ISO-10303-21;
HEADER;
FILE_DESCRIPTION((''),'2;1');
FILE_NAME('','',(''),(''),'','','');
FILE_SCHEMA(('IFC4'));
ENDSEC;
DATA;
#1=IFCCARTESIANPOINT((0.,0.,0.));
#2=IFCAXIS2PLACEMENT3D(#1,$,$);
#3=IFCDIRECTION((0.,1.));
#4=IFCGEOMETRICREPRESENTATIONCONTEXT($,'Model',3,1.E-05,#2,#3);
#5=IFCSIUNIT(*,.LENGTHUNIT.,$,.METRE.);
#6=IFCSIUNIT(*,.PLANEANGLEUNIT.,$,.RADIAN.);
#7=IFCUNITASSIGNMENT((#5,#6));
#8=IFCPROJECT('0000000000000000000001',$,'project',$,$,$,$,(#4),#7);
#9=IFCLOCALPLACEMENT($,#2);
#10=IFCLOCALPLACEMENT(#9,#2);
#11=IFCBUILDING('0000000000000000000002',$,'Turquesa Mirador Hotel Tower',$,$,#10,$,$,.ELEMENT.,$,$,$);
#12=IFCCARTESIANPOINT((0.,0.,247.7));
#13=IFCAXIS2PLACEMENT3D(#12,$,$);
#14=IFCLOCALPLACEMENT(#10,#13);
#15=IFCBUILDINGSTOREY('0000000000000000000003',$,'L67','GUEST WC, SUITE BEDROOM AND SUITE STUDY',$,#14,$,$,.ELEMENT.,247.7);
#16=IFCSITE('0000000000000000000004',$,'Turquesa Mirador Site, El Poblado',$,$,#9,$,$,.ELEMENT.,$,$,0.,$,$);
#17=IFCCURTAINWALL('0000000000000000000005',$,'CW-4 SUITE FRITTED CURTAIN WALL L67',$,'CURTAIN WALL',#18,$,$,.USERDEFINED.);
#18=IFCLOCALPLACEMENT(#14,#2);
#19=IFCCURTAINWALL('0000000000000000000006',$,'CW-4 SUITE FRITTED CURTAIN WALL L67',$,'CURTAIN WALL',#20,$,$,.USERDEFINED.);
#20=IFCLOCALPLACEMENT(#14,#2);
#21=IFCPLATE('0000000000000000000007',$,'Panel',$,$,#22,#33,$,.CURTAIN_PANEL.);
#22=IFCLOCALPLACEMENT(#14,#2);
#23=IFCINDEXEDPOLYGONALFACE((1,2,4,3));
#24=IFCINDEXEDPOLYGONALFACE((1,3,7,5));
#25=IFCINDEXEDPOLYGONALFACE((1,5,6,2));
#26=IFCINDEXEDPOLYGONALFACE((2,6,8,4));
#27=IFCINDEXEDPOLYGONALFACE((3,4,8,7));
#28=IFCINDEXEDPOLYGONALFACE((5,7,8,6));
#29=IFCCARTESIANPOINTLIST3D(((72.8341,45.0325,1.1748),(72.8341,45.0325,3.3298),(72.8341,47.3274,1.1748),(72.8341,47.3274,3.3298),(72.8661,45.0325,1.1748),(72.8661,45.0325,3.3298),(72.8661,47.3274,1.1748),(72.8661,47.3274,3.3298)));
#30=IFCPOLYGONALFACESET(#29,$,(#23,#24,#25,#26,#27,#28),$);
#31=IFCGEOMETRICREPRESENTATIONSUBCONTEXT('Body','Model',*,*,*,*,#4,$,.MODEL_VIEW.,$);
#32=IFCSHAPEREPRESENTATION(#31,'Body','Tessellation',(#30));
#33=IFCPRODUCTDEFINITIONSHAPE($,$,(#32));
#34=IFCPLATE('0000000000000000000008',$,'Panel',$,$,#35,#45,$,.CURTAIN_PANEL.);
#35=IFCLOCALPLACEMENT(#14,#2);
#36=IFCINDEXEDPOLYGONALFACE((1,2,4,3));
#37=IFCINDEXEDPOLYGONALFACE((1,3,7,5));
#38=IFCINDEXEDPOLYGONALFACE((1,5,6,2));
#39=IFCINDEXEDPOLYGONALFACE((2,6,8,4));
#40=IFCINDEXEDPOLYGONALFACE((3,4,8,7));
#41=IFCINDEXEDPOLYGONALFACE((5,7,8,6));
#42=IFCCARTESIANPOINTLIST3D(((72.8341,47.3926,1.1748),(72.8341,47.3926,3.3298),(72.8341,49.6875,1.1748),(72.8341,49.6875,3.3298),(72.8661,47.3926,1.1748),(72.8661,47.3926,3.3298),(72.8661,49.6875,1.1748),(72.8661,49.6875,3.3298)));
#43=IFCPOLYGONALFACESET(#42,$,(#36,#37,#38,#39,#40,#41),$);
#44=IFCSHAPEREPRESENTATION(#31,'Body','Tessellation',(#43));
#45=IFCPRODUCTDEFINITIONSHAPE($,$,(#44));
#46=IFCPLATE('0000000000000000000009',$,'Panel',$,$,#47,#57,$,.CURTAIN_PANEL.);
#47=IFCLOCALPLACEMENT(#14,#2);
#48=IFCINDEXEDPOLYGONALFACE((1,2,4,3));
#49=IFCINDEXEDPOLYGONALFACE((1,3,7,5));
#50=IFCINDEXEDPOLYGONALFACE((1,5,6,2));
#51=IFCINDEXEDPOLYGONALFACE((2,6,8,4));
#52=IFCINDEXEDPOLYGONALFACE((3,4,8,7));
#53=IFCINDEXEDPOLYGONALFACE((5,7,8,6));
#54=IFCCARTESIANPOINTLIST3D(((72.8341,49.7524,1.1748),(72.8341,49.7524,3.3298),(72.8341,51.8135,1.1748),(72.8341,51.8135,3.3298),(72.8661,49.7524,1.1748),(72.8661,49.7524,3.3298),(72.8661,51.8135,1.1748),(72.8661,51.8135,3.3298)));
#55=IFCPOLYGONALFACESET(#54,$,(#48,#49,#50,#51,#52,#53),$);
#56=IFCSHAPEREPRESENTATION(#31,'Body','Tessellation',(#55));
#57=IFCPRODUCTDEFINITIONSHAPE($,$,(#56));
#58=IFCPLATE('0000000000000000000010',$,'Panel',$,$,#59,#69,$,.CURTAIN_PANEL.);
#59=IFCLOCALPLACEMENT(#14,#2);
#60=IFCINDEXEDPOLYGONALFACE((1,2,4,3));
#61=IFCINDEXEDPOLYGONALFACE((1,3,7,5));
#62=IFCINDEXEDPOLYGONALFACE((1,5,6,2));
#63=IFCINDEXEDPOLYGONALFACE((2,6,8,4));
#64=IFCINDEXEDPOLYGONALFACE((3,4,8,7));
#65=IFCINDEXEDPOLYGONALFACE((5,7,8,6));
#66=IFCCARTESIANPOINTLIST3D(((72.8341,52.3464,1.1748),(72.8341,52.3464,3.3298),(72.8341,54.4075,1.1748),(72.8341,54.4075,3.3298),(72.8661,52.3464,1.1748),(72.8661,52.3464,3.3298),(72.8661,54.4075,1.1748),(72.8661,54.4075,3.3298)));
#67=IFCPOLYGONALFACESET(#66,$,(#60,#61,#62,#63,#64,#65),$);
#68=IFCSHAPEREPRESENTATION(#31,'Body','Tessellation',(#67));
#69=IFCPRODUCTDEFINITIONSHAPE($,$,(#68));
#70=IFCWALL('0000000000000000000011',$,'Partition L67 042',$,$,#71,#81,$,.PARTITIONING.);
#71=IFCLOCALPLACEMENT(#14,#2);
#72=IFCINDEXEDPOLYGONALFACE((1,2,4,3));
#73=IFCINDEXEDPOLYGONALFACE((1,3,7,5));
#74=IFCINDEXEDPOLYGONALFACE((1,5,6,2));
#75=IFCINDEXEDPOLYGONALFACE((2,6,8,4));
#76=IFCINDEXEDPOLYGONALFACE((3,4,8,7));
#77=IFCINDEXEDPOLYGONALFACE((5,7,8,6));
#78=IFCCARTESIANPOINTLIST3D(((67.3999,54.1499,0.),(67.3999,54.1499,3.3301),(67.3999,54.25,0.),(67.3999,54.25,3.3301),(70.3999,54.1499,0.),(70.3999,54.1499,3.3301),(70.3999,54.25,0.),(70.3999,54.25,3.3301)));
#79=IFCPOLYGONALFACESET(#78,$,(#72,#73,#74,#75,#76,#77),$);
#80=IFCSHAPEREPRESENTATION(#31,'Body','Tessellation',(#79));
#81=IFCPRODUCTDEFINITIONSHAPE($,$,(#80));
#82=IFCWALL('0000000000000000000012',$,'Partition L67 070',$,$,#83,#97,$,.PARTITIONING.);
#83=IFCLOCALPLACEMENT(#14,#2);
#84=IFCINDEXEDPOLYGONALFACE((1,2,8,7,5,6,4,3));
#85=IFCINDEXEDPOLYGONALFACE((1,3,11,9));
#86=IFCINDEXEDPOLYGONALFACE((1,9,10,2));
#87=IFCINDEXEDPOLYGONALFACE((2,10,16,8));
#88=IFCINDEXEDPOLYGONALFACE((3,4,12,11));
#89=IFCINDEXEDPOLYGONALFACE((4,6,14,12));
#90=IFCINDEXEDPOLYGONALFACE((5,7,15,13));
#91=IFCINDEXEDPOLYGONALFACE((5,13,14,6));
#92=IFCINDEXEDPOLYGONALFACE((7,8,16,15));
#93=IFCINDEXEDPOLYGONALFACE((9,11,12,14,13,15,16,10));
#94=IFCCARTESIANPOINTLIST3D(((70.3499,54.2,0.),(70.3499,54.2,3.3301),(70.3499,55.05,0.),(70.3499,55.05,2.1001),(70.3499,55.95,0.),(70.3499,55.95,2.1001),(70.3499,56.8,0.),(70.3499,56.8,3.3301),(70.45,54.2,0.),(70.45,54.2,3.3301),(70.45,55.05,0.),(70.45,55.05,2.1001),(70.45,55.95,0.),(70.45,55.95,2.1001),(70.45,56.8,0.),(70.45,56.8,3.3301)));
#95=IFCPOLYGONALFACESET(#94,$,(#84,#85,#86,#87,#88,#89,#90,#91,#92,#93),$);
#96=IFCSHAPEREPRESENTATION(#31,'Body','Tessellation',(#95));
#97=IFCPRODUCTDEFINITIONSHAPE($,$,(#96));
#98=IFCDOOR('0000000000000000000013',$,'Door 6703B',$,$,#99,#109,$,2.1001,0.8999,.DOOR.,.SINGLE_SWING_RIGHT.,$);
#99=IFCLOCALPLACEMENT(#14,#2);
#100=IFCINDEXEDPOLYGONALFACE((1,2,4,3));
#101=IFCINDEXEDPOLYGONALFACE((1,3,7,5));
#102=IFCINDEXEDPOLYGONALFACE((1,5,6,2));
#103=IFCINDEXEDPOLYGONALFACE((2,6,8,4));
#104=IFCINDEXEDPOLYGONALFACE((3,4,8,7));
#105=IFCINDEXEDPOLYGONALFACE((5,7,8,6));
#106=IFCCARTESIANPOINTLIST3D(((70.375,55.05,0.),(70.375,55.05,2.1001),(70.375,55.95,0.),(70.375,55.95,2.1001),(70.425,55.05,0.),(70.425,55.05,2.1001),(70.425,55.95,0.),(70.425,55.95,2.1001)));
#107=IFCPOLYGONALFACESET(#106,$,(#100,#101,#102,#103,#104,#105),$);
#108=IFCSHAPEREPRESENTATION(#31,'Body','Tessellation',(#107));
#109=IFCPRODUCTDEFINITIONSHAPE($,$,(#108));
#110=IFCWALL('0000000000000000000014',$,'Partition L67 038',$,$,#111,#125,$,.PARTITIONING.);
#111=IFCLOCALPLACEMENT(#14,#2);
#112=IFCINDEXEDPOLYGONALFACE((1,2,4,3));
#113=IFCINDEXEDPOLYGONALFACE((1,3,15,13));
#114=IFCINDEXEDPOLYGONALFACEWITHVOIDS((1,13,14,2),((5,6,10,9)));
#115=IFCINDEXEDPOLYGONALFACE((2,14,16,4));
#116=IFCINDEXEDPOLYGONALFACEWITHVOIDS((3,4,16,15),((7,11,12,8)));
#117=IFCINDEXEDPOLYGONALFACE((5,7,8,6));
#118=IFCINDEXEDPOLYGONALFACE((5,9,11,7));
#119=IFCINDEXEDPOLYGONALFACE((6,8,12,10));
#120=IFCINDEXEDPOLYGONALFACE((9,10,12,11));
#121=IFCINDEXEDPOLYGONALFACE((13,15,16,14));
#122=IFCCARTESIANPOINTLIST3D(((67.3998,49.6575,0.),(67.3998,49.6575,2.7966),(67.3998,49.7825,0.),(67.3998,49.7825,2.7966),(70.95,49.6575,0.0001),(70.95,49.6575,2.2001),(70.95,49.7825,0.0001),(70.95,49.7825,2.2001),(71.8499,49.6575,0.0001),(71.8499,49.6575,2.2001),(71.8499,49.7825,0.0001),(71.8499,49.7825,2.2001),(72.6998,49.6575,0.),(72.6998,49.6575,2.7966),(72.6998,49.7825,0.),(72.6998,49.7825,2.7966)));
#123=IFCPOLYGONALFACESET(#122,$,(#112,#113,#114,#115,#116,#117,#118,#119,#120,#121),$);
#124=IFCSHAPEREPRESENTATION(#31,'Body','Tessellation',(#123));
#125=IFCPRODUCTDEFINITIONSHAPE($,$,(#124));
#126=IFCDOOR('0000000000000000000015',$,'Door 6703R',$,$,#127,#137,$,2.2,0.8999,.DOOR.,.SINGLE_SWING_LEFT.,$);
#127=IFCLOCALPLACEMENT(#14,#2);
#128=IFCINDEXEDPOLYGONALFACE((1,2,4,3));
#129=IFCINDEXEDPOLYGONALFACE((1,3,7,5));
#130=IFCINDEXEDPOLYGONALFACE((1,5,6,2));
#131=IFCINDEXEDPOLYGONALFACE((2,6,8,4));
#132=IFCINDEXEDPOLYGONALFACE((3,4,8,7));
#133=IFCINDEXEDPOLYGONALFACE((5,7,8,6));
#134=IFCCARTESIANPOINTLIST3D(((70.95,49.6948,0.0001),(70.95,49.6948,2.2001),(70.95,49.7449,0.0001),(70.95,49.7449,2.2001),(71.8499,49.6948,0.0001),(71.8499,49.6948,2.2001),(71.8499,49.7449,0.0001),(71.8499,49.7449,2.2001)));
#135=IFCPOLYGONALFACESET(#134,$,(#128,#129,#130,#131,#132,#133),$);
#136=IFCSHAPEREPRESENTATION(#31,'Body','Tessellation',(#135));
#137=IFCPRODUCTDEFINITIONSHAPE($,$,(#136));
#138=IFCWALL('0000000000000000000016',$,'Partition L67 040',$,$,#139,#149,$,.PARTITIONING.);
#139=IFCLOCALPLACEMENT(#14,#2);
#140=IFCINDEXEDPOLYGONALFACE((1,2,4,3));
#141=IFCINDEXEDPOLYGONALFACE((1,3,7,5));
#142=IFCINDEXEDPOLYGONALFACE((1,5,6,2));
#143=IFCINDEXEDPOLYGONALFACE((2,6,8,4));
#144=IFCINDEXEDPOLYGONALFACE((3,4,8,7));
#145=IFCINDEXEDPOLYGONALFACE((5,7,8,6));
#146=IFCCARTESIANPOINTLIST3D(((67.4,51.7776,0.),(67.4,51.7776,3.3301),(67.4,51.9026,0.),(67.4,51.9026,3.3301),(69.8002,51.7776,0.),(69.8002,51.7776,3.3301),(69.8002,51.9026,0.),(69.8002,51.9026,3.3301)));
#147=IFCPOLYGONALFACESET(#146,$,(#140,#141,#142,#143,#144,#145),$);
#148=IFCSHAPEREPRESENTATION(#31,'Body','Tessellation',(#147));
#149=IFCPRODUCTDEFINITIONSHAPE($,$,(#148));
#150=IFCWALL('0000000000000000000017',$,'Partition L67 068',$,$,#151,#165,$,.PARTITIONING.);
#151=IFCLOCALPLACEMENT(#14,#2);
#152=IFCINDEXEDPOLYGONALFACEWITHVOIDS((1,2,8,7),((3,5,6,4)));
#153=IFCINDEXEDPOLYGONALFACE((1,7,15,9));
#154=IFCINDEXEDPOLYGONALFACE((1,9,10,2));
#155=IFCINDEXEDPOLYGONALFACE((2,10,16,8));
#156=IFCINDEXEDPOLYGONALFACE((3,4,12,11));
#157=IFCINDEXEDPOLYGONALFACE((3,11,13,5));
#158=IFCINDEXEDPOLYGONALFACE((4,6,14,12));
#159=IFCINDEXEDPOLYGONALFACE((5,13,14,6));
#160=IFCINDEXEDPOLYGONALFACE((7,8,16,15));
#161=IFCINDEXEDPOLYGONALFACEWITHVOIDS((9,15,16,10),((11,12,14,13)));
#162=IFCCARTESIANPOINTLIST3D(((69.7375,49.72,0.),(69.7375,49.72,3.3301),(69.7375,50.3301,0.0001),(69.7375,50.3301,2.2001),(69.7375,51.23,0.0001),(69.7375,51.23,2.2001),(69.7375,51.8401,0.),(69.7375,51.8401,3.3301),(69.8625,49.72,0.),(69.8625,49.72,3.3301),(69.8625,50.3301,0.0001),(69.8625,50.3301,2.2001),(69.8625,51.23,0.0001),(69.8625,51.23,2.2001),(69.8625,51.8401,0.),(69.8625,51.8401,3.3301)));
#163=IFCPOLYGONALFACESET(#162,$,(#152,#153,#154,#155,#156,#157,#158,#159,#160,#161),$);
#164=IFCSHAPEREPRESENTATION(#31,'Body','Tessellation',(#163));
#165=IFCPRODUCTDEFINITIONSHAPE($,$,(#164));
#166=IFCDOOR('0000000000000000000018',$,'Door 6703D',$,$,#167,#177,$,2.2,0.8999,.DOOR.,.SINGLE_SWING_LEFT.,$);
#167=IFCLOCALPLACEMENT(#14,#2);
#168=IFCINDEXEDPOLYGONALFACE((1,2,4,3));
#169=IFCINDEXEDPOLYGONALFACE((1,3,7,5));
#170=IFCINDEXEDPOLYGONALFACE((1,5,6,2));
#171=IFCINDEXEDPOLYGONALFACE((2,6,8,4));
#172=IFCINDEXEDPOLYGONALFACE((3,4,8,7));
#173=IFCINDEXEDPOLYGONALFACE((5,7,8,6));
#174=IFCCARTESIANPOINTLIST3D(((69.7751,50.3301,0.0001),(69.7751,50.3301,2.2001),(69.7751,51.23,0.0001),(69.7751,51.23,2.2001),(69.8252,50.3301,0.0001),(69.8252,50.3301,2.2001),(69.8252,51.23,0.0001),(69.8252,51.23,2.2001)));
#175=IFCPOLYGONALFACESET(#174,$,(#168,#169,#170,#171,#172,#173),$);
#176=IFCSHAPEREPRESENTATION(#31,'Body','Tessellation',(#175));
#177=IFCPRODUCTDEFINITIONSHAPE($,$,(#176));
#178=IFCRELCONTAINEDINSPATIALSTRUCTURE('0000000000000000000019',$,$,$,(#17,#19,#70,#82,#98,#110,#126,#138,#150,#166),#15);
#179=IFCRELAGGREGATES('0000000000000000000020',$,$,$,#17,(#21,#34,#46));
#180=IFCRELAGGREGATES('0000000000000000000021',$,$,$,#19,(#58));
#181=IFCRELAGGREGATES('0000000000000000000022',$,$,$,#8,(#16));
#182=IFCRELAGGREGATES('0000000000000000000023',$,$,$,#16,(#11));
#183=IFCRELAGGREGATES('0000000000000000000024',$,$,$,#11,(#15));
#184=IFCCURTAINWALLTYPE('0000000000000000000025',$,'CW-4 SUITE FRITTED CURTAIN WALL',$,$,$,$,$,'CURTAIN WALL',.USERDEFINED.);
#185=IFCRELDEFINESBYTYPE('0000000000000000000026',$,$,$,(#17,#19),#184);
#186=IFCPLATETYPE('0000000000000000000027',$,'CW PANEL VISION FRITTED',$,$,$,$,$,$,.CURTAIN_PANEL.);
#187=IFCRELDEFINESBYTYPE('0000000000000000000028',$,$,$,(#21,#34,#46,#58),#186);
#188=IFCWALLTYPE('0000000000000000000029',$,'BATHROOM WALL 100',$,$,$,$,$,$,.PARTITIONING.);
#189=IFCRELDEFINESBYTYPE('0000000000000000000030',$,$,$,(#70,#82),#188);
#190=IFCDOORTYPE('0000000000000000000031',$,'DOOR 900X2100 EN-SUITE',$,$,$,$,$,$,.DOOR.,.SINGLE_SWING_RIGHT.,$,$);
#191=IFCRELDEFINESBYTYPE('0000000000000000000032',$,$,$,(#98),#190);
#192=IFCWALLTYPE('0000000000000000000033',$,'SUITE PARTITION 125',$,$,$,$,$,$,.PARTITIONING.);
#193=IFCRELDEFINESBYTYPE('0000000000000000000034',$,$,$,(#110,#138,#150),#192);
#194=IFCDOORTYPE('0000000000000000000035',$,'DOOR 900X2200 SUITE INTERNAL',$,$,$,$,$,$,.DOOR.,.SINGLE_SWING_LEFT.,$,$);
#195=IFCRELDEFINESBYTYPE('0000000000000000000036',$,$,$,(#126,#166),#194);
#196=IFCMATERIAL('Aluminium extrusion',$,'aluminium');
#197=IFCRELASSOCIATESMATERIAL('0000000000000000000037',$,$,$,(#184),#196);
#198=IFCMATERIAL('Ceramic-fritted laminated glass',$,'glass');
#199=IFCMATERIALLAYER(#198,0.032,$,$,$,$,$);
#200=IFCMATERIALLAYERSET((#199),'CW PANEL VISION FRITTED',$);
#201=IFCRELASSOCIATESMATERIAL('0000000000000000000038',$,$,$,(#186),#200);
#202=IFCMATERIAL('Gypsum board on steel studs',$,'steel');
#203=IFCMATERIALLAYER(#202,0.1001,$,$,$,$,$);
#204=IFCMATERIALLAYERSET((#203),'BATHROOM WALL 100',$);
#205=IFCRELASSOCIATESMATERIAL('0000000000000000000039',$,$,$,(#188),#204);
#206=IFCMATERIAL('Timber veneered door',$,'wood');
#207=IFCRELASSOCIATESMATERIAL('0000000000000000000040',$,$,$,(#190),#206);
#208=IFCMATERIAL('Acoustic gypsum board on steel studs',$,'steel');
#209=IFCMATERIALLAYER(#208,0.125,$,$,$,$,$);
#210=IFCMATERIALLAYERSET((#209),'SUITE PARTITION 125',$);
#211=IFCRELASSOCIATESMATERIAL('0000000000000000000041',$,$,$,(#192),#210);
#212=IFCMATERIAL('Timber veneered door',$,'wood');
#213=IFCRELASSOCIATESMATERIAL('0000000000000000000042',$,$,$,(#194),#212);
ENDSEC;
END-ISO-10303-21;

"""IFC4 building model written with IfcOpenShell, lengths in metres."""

from ifc_helpers import new_model, si_unit, direction, frame, frame_2d, origin, origin_2d, place, context, subcontext, project, spatial, rectangle, extrude, material, layer, layer_set, type_object, element, fill, aggregate, save


model = new_model("IFC4")

# Units and contexts
model_context = context("Model", 3, precision=1e-05, world=origin(), true_north=direction((0.0, 1.0)))
body_context = subcontext(model_context, "Body", "Model", "MODEL_VIEW")
ifc_project = project(units=[si_unit("LENGTHUNIT", "METRE"), si_unit("PLANEANGLEUNIT", "RADIAN")], contexts=[model_context])

# Site, building, storey
site_placement = place(None, origin())
site = spatial("IfcSite", under=ifc_project, at=site_placement, Name="Turquesa Mirador Site, El Poblado", CompositionType="ELEMENT", RefElevation=0.0)
building_placement = place(site_placement, origin())
building = spatial("IfcBuilding", under=site, at=building_placement, Name="Turquesa Mirador Hotel Tower", CompositionType="ELEMENT")
storey_placement = place(building_placement, frame((0.0, 0.0, 247.7)))
storey = spatial("IfcBuildingStorey", under=building, at=storey_placement, Name="L67", Description="GUEST WC, SUITE BEDROOM AND SUITE STUDY", CompositionType="ELEMENT", Elevation=247.7)

# Curtain walls
ifc_material_1 = material(Name="Aluminium extrusion", Category="aluminium")
curtain_wall_type = type_object("IfcCurtainWallType", Name="CW-4 SUITE FRITTED CURTAIN WALL", ElementType="CURTAIN WALL", PredefinedType="USERDEFINED", material=ifc_material_1)
curtain_wall_1_placement = place(storey_placement, origin())
curtain_wall_1 = element("IfcCurtainWall", 1, at=curtain_wall_1_placement, inside=storey, type_object=curtain_wall_type, Name="CW-4 SUITE FRITTED CURTAIN WALL L67", ObjectType="CURTAIN WALL", PredefinedType="USERDEFINED")
curtain_wall_2_placement = place(storey_placement, origin())
curtain_wall_2 = element("IfcCurtainWall", 2, at=curtain_wall_2_placement, inside=storey, type_object=curtain_wall_type, Name="CW-4 SUITE FRITTED CURTAIN WALL L67", ObjectType="CURTAIN WALL", PredefinedType="USERDEFINED")

# Plates
ifc_material_2 = material(Name="Ceramic-fritted laminated glass", Category="glass")
ifc_layer_1 = layer(ifc_material_2, 0.032)
ifc_layer_set_1 = layer_set([ifc_layer_1], Name="CW PANEL VISION FRITTED")
plate_type_1 = type_object("IfcPlateType", Name="CW PANEL VISION FRITTED", PredefinedType="CURTAIN_PANEL", material=ifc_layer_set_1)
plate_1_placement = place(storey_placement, frame((72.8501, 46.1799, 1.1748), z_axis=(0.0, 0.0, 1.0), x_axis=(0.0, 1.0, 0.0)))
plate_1 = element("IfcPlate", 3, at=plate_1_placement, type_object=plate_type_1, Name="Panel", PredefinedType="CURTAIN_PANEL", context=body_context, shape_type="SweptSolid", body=[
    extrude(rectangle(XDim=2.2949, YDim=0.032, at=origin_2d()), origin(), (0.0, 0.0, 1.0), 2.155),
])
plate_2_placement = place(storey_placement, frame((72.8501, 48.54, 1.1748), z_axis=(0.0, 0.0, 1.0), x_axis=(0.0, 1.0, 0.0)))
plate_2 = element("IfcPlate", 4, at=plate_2_placement, type_object=plate_type_1, Name="Panel", PredefinedType="CURTAIN_PANEL", context=body_context, shape_type="SweptSolid", body=[
    extrude(rectangle(XDim=2.2949, YDim=0.032, at=origin_2d()), origin(), (0.0, 0.0, 1.0), 2.155),
])
plate_3_placement = place(storey_placement, frame((72.8501, 50.783, 1.1748), z_axis=(0.0, 0.0, 1.0), x_axis=(0.0, 1.0, 0.0)))
plate_3 = element("IfcPlate", 5, at=plate_3_placement, type_object=plate_type_1, Name="Panel", PredefinedType="CURTAIN_PANEL", context=body_context, shape_type="SweptSolid", body=[
    extrude(rectangle(XDim=2.061, YDim=0.032, at=origin_2d()), origin(), (0.0, 0.0, 1.0), 2.155),
])
aggregate(curtain_wall_1, [plate_1, plate_2, plate_3])
plate_4_placement = place(storey_placement, frame((72.8501, 53.377, 1.1748), z_axis=(0.0, 0.0, 1.0), x_axis=(0.0, 1.0, 0.0)))
plate_4 = element("IfcPlate", 6, at=plate_4_placement, type_object=plate_type_1, Name="Panel", PredefinedType="CURTAIN_PANEL", context=body_context, shape_type="SweptSolid", body=[
    extrude(rectangle(XDim=2.061, YDim=0.032, at=origin_2d()), origin(), (0.0, 0.0, 1.0), 2.155),
])
aggregate(curtain_wall_2, [plate_4])

# Wall
ifc_material_3 = material(Name="Gypsum board on steel studs", Category="steel")
ifc_layer_2 = layer(ifc_material_3, 0.1001)
ifc_layer_set_2 = layer_set([ifc_layer_2], Name="BATHROOM WALL 100")
wall_type_1 = type_object("IfcWallType", Name="BATHROOM WALL 100", PredefinedType="PARTITIONING", material=ifc_layer_set_2)
wall_1_placement = place(storey_placement, frame((67.3999, 54.2, 0.0), z_axis=(0.0, 0.0, 1.0), x_axis=(1.0, 0.0, 0.0)))
element("IfcWall", 7, at=wall_1_placement, inside=storey, type_object=wall_type_1, Name="Partition L67 042", PredefinedType="PARTITIONING", context=body_context, shape_type="SweptSolid", body=[
    extrude(rectangle(XDim=3.0, YDim=0.1001, at=frame_2d((1.5, 0.0))), origin(), (0.0, 0.0, 1.0), 3.3301),
])

# Walls, openings, doors
wall_2_placement = place(storey_placement, frame((70.3999, 54.2, 0.0), z_axis=(0.0, 0.0, 1.0), x_axis=(0.0, 1.0, 0.0)))
wall_2 = element("IfcWall", 8, at=wall_2_placement, inside=storey, type_object=wall_type_1, Name="Partition L67 070", PredefinedType="PARTITIONING", context=body_context, shape_type="SweptSolid", body=[
    extrude(rectangle(XDim=2.6001, YDim=0.1001, at=frame_2d((1.3, 0.0))), origin(), (0.0, 0.0, 1.0), 3.3301),
])
opening_1_placement = place(wall_2_placement, frame((0.8501, 0.0, 0.0)))
opening_1 = element("IfcOpeningElement", 9, at=opening_1_placement, cuts=wall_2, PredefinedType="OPENING", context=body_context, shape_type="SweptSolid", body=[
    extrude(rectangle(XDim=0.8999, YDim=2.1001, at=frame_2d((0.45, 1.05))), frame((0.0, 0.0601, 0.0), z_axis=(0.0, -1.0, 0.0), x_axis=(1.0, 0.0, 0.0)), (0.0, 0.0, 1.0), 0.1201),
])
ifc_material_4 = material(Name="Timber veneered door", Category="wood")
door_type_1 = type_object("IfcDoorType", Name="DOOR 900X2100 EN-SUITE", OperationType="SINGLE_SWING_RIGHT", PredefinedType="DOOR", material=ifc_material_4)
door_1_placement = place(opening_1_placement, origin())
door_1 = element("IfcDoor", 10, at=door_1_placement, inside=storey, type_object=door_type_1, Name="Door 6703B", OperationType="SINGLE_SWING_RIGHT", OverallHeight=2.1001, OverallWidth=0.8999, PredefinedType="DOOR", context=body_context, shape_type="SweptSolid", body=[
    extrude(rectangle(XDim=0.8999, YDim=2.1001, at=frame_2d((0.45, 1.05))), frame((0.0, 0.0249, 0.0), z_axis=(0.0, -1.0, 0.0), x_axis=(1.0, 0.0, 0.0)), (0.0, 0.0, 1.0), 0.05),
])
fill(opening_1, door_1)
ifc_material_5 = material(Name="Acoustic gypsum board on steel studs", Category="steel")
ifc_layer_3 = layer(ifc_material_5, 0.125)
ifc_layer_set_3 = layer_set([ifc_layer_3], Name="SUITE PARTITION 125")
wall_type_2 = type_object("IfcWallType", Name="SUITE PARTITION 125", PredefinedType="PARTITIONING", material=ifc_layer_set_3)
wall_3_placement = place(storey_placement, frame((67.3999, 49.72, 0.0), z_axis=(0.0, 0.0, 1.0), x_axis=(1.0, 0.0, 0.0)))
wall_3 = element("IfcWall", 11, at=wall_3_placement, inside=storey, type_object=wall_type_2, Name="Partition L67 038", PredefinedType="PARTITIONING", context=body_context, shape_type="SweptSolid", body=[
    extrude(rectangle(XDim=5.3, YDim=0.125, at=frame_2d((2.6499, 0.0))), origin(), (0.0, 0.0, 1.0), 2.7966),
])
opening_2_placement = place(wall_3_placement, frame((3.55, 0.0, 0.0)))
opening_2 = element("IfcOpeningElement", 12, at=opening_2_placement, cuts=wall_3, PredefinedType="OPENING", context=body_context, shape_type="SweptSolid", body=[
    extrude(rectangle(XDim=0.8999, YDim=2.2, at=frame_2d((0.45, 1.1001))), frame((0.0, 0.0725, 0.0), z_axis=(0.0, -1.0, 0.0), x_axis=(1.0, 0.0, 0.0)), (0.0, 0.0, 1.0), 0.145),
])
ifc_material_6 = material(Name="Timber veneered door", Category="wood")
door_type_2 = type_object("IfcDoorType", Name="DOOR 900X2200 SUITE INTERNAL", OperationType="SINGLE_SWING_LEFT", PredefinedType="DOOR", material=ifc_material_6)
door_2_placement = place(opening_2_placement, origin())
door_2 = element("IfcDoor", 13, at=door_2_placement, inside=storey, type_object=door_type_2, Name="Door 6703R", OperationType="SINGLE_SWING_LEFT", OverallHeight=2.2, OverallWidth=0.8999, PredefinedType="DOOR", context=body_context, shape_type="SweptSolid", body=[
    extrude(rectangle(XDim=0.8999, YDim=2.2, at=frame_2d((0.45, 1.1001))), frame((0.0, 0.0249, 0.0), z_axis=(0.0, -1.0, 0.0), x_axis=(1.0, 0.0, 0.0)), (0.0, 0.0, 1.0), 0.05),
])
fill(opening_2, door_2)

# Wall
wall_4_placement = place(storey_placement, frame((67.3999, 51.8401, 0.0), z_axis=(0.0, 0.0, 1.0), x_axis=(1.0, 0.0, 0.0)))
element("IfcWall", 14, at=wall_4_placement, inside=storey, type_object=wall_type_2, Name="Partition L67 040", PredefinedType="PARTITIONING", context=body_context, shape_type="SweptSolid", body=[
    extrude(rectangle(XDim=2.4001, YDim=0.125, at=frame_2d((1.2002, 0.0))), origin(), (0.0, 0.0, 1.0), 3.3301),
])

# Wall, opening, door
wall_5_placement = place(storey_placement, frame((69.8, 49.72, 0.0), z_axis=(0.0, 0.0, 1.0), x_axis=(0.0, 1.0, 0.0)))
wall_5 = element("IfcWall", 15, at=wall_5_placement, inside=storey, type_object=wall_type_2, Name="Partition L67 068", PredefinedType="PARTITIONING", context=body_context, shape_type="SweptSolid", body=[
    extrude(rectangle(XDim=2.1201, YDim=0.125, at=frame_2d((1.0601, 0.0))), origin(), (0.0, 0.0, 1.0), 3.3301),
])
opening_3_placement = place(wall_5_placement, frame((0.6101, 0.0, 0.0)))
opening_3 = element("IfcOpeningElement", 16, at=opening_3_placement, cuts=wall_5, PredefinedType="OPENING", context=body_context, shape_type="SweptSolid", body=[
    extrude(rectangle(XDim=0.8999, YDim=2.2, at=frame_2d((0.45, 1.1001))), frame((0.0, 0.0725, 0.0), z_axis=(0.0, -1.0, 0.0), x_axis=(1.0, 0.0, 0.0)), (0.0, 0.0, 1.0), 0.145),
])
door_3_placement = place(opening_3_placement, origin())
door_3 = element("IfcDoor", 17, at=door_3_placement, inside=storey, type_object=door_type_2, Name="Door 6703D", OperationType="SINGLE_SWING_LEFT", OverallHeight=2.2, OverallWidth=0.8999, PredefinedType="DOOR", context=body_context, shape_type="SweptSolid", body=[
    extrude(rectangle(XDim=0.8999, YDim=2.2, at=frame_2d((0.45, 1.1001))), frame((0.0, 0.0249, 0.0), z_axis=(0.0, -1.0, 0.0), x_axis=(1.0, 0.0, 0.0)), (0.0, 0.0, 1.0), 0.05),
])
fill(opening_3, door_3)

save(model, "model.ifc")
